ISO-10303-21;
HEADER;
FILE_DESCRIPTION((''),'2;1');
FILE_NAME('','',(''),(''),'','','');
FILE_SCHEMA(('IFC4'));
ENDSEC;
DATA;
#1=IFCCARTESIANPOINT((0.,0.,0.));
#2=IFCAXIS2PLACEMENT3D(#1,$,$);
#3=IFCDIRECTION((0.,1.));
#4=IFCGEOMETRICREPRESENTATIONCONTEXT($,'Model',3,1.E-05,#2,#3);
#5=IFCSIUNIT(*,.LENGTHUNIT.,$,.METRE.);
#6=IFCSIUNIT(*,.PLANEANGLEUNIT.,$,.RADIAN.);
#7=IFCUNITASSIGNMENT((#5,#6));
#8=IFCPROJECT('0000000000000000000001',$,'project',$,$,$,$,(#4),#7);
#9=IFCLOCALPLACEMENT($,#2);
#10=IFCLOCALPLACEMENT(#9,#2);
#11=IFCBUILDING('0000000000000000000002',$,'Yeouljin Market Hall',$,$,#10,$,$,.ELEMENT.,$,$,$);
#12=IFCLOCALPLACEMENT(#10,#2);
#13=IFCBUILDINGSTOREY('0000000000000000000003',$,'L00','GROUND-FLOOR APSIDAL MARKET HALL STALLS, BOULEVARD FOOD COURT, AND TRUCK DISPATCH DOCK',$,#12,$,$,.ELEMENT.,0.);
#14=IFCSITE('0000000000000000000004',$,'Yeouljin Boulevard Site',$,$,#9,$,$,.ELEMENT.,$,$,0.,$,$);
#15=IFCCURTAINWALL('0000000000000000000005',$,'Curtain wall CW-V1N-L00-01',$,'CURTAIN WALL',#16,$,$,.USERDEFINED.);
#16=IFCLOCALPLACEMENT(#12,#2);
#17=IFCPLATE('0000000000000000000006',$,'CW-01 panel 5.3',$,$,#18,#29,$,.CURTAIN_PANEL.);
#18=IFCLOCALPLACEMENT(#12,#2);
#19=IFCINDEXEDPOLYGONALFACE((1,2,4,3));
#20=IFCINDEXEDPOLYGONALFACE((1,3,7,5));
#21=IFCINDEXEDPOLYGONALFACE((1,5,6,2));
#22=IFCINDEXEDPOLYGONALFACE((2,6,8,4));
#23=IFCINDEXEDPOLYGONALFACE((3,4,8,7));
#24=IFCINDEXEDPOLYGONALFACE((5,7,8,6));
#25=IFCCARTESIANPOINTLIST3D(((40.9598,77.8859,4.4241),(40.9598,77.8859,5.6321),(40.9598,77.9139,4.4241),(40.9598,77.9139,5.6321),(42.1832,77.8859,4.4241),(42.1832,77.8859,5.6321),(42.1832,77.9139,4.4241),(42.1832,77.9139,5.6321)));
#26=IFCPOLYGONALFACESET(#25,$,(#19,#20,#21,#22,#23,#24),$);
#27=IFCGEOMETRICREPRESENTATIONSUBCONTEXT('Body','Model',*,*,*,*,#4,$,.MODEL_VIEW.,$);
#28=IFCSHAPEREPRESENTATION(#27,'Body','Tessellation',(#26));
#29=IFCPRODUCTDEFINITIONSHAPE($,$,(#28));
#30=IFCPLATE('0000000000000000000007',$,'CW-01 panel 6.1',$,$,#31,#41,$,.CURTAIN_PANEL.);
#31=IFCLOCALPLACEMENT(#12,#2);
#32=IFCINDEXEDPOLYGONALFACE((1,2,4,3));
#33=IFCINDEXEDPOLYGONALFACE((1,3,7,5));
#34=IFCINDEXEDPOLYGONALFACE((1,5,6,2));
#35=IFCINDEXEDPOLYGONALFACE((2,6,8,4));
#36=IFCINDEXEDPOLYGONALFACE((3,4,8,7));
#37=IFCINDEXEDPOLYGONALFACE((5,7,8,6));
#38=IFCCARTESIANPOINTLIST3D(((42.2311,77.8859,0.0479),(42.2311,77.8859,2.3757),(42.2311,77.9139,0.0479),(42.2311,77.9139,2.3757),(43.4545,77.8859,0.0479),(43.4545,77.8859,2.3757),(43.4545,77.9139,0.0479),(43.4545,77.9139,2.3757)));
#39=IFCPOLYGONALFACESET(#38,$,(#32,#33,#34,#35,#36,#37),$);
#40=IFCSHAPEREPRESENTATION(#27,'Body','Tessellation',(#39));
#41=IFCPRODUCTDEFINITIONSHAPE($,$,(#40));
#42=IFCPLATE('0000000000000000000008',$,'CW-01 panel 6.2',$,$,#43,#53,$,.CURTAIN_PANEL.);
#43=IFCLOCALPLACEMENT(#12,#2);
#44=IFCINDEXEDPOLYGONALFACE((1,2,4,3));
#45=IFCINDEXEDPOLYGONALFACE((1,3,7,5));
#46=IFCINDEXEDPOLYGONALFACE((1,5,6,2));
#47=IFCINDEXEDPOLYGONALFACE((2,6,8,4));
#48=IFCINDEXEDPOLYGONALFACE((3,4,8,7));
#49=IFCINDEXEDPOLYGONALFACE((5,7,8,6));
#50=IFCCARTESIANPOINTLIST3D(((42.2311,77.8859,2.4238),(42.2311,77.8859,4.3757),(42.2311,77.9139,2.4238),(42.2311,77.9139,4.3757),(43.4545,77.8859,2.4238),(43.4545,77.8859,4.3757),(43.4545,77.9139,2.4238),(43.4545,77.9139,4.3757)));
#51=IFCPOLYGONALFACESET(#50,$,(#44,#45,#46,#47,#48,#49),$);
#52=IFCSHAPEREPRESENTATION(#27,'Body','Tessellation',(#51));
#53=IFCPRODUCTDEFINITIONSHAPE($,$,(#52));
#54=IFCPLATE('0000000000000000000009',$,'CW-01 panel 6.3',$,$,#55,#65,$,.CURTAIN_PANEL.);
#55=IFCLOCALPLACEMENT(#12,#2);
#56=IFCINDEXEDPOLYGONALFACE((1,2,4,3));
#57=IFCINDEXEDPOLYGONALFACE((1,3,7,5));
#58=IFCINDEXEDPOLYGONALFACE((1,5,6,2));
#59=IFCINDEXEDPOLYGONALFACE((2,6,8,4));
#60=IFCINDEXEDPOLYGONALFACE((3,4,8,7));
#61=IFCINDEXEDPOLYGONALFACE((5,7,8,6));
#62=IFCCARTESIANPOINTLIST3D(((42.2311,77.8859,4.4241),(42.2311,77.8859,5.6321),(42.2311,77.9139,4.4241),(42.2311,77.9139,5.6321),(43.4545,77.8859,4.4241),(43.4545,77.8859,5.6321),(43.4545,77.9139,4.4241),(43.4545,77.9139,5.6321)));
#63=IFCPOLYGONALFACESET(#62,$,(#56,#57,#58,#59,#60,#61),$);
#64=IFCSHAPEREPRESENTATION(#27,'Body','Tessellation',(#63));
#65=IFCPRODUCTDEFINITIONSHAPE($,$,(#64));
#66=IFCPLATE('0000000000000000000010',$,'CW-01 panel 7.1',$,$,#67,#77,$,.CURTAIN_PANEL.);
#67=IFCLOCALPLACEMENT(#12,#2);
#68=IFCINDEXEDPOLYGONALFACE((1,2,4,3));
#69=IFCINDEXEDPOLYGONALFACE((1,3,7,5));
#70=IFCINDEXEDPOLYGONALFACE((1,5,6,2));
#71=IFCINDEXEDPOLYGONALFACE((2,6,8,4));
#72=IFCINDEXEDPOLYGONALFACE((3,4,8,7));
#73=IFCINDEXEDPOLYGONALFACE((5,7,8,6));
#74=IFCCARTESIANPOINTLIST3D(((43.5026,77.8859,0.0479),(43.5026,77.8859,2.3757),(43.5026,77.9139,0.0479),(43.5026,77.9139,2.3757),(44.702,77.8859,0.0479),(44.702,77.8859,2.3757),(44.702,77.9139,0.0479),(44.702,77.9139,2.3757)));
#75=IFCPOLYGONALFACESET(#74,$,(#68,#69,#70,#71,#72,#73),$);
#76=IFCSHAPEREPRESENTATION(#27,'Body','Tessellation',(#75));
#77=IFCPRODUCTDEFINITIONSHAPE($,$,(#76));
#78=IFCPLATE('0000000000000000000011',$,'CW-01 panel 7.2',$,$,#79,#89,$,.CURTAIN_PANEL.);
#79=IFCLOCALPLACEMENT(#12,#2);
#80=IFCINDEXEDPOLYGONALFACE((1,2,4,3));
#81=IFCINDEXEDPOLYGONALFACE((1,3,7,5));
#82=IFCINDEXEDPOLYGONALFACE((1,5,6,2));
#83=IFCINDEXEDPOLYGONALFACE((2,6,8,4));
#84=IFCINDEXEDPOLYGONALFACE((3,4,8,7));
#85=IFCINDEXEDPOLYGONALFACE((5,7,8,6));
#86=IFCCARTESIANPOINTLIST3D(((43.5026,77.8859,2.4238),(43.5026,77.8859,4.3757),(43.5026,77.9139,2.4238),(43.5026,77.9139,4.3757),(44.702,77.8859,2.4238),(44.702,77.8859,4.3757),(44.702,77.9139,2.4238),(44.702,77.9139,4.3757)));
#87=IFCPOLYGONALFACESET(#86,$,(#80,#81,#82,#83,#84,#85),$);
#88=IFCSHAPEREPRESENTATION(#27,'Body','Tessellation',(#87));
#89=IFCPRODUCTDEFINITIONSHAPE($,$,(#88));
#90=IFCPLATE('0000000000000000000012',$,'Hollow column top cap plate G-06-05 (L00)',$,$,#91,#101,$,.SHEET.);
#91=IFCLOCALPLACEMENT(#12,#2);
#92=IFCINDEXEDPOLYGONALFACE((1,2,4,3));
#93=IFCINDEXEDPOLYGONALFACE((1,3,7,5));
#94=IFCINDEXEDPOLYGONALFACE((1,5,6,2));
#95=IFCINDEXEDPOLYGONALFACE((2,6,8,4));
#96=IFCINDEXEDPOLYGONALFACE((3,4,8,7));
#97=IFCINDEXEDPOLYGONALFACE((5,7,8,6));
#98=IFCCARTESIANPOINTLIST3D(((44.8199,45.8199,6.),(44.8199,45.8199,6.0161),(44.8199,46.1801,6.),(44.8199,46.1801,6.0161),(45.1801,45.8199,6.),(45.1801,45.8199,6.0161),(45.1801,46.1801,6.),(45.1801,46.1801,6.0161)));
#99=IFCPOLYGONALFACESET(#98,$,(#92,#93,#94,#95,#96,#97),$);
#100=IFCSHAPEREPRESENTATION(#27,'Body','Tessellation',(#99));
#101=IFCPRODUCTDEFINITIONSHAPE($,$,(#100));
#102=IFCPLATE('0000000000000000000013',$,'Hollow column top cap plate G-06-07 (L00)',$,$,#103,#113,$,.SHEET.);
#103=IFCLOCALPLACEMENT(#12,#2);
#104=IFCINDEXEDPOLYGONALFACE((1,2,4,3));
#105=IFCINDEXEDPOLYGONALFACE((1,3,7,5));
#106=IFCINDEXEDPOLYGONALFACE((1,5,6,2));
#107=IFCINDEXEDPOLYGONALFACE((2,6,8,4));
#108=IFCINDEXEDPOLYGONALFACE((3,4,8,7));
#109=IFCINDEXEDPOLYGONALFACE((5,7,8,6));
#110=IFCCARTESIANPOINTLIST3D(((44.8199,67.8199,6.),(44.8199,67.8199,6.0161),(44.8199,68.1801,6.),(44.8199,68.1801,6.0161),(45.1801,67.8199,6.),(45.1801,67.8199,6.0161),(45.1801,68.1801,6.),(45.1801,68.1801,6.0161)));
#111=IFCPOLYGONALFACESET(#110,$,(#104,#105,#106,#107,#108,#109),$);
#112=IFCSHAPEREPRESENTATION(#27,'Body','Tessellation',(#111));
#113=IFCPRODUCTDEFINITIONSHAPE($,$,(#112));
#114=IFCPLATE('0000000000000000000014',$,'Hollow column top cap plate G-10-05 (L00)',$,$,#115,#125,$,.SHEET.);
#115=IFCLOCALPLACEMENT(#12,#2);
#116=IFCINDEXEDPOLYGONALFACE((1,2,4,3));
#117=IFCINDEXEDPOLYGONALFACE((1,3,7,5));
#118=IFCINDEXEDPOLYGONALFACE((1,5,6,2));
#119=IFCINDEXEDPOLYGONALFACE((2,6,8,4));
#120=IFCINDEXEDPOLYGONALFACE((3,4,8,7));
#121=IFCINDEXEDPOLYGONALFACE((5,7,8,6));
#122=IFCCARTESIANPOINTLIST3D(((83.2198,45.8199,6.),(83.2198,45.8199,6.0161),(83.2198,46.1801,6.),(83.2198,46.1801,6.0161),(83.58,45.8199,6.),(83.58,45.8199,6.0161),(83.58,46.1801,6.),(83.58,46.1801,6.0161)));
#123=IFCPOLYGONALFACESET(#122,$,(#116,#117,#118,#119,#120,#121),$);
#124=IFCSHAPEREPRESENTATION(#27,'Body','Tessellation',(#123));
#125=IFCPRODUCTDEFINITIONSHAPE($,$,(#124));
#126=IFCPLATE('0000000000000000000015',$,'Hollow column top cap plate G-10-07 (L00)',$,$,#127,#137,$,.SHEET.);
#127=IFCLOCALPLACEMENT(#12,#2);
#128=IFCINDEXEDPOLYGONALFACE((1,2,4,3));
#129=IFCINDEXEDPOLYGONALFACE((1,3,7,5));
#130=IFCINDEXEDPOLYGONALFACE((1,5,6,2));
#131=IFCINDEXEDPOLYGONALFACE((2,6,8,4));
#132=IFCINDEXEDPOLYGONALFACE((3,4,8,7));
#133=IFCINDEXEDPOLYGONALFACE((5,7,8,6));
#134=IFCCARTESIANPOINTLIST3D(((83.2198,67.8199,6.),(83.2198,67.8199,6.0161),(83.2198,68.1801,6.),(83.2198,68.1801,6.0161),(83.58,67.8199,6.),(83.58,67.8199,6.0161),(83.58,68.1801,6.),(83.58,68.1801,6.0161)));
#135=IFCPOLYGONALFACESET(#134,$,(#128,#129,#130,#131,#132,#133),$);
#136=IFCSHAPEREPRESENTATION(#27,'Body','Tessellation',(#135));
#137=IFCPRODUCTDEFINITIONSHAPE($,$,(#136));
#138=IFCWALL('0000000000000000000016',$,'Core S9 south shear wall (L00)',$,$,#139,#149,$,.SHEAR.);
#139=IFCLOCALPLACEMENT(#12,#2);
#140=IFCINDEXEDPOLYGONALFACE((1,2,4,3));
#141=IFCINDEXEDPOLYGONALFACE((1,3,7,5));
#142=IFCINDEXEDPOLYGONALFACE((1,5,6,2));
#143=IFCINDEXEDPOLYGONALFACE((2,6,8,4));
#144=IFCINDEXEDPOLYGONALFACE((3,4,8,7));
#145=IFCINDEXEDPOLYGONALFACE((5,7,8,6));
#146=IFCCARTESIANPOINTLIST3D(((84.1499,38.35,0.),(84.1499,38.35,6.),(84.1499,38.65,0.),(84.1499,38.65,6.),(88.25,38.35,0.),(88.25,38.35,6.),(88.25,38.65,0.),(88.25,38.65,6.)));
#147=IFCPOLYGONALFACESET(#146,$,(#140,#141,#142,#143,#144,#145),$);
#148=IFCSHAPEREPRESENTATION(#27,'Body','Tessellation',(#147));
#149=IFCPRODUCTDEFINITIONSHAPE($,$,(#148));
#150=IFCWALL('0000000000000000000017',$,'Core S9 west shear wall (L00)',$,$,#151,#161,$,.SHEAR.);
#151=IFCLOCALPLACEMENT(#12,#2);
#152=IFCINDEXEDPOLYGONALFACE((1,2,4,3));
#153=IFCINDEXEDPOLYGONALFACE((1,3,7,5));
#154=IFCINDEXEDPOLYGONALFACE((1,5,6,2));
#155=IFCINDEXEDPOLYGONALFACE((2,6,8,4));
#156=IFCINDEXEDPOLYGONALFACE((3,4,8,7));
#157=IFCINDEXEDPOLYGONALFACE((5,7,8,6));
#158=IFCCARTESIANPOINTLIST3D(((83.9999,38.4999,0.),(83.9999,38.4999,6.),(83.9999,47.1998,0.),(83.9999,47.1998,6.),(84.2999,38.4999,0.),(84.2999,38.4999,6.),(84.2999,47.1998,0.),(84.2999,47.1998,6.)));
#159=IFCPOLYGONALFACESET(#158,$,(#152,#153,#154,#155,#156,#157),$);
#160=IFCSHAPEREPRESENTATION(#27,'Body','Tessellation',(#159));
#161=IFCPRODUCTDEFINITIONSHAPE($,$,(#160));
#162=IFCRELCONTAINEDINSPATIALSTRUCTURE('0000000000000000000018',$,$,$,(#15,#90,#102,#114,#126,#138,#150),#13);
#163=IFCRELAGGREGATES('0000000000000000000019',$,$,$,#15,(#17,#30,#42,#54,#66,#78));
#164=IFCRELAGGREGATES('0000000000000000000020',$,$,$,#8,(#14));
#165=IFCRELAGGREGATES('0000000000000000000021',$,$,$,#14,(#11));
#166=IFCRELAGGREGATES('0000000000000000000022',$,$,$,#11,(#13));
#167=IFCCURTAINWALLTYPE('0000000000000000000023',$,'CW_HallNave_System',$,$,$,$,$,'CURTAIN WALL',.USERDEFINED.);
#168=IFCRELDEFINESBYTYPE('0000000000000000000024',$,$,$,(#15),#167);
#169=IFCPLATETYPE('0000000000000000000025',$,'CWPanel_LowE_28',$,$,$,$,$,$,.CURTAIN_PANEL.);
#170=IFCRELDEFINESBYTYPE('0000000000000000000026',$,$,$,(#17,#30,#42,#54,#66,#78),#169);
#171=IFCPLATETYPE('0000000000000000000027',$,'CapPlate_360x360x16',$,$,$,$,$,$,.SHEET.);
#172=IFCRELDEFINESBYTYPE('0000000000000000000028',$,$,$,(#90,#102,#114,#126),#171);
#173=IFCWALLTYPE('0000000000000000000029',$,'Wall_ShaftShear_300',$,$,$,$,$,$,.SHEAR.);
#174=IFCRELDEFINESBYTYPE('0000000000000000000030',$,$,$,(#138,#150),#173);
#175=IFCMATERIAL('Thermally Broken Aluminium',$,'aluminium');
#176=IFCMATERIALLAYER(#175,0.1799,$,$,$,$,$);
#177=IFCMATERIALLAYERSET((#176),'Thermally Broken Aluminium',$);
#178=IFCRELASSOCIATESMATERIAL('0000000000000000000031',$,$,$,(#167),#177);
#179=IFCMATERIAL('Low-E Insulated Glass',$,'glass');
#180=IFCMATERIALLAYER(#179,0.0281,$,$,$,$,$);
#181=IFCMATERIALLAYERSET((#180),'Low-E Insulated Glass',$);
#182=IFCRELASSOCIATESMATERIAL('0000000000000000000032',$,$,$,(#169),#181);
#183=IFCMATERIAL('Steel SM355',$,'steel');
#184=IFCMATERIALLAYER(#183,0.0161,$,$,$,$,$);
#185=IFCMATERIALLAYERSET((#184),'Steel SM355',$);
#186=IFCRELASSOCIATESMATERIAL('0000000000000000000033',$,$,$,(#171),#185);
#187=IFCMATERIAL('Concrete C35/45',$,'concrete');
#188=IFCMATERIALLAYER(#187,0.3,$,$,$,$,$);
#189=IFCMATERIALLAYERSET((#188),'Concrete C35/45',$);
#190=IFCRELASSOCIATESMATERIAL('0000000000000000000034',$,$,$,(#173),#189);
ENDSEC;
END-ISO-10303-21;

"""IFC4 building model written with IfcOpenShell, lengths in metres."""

from ifc_helpers import new_model, si_unit, direction, frame, frame_2d, origin, origin_2d, place, context, subcontext, project, spatial, rectangle, extrude, material, layer, layer_set, type_object, element, aggregate, save


model = new_model("IFC4")

# Units and contexts
model_context = context("Model", 3, precision=1e-05, world=origin(), true_north=direction((0.0, 1.0)))
body_context = subcontext(model_context, "Body", "Model", "MODEL_VIEW")
ifc_project = project(units=[si_unit("LENGTHUNIT", "METRE"), si_unit("PLANEANGLEUNIT", "RADIAN")], contexts=[model_context])

# Site, building, storey
site_placement = place(None, origin())
site = spatial("IfcSite", under=ifc_project, at=site_placement, Name="Yeouljin Boulevard Site", CompositionType="ELEMENT", RefElevation=0.0)
building_placement = place(site_placement, origin())
building = spatial("IfcBuilding", under=site, at=building_placement, Name="Yeouljin Market Hall", CompositionType="ELEMENT")
storey_placement = place(building_placement, origin())
storey = spatial("IfcBuildingStorey", under=building, at=storey_placement, Name="L00", Description="GROUND-FLOOR APSIDAL MARKET HALL STALLS, BOULEVARD FOOD COURT, AND TRUCK DISPATCH DOCK", CompositionType="ELEMENT", Elevation=0.0)

# Curtain wall, plates
ifc_material_1 = material(Name="Thermally Broken Aluminium", Category="aluminium")
ifc_layer_1 = layer(ifc_material_1, 0.1799)
ifc_layer_set_1 = layer_set([ifc_layer_1], Name="Thermally Broken Aluminium")
curtain_wall_type = type_object("IfcCurtainWallType", Name="CW_HallNave_System", ElementType="CURTAIN WALL", PredefinedType="USERDEFINED", material=ifc_layer_set_1)
curtain_wall_placement = place(storey_placement, origin())
curtain_wall = element("IfcCurtainWall", 1, at=curtain_wall_placement, inside=storey, type_object=curtain_wall_type, Name="Curtain wall CW-V1N-L00-01", ObjectType="CURTAIN WALL", PredefinedType="USERDEFINED")
ifc_material_2 = material(Name="Low-E Insulated Glass", Category="glass")
ifc_layer_2 = layer(ifc_material_2, 0.0281)
ifc_layer_set_2 = layer_set([ifc_layer_2], Name="Low-E Insulated Glass")
plate_type_1 = type_object("IfcPlateType", Name="CWPanel_LowE_28", PredefinedType="CURTAIN_PANEL", material=ifc_layer_set_2)
plate_1_placement = place(storey_placement, frame((41.5715, 77.8999, 4.4241), z_axis=(0.0, 0.0, 1.0), x_axis=(1.0, 0.0, 0.0)))
plate_1 = element("IfcPlate", 2, at=plate_1_placement, type_object=plate_type_1, Name="CW-01 panel 5.3", PredefinedType="CURTAIN_PANEL", context=body_context, shape_type="SweptSolid", body=[
    extrude(rectangle(XDim=1.2234, YDim=0.0281, at=origin_2d()), origin(), (0.0, 0.0, 1.0), 1.208),
])
plate_2_placement = place(storey_placement, frame((42.8428, 77.8999, 0.0479), z_axis=(0.0, 0.0, 1.0), x_axis=(1.0, 0.0, 0.0)))
plate_2 = element("IfcPlate", 3, at=plate_2_placement, type_object=plate_type_1, Name="CW-01 panel 6.1", PredefinedType="CURTAIN_PANEL", context=body_context, shape_type="SweptSolid", body=[
    extrude(rectangle(XDim=1.2234, YDim=0.0281, at=origin_2d()), origin(), (0.0, 0.0, 1.0), 2.3279),
])
plate_3_placement = place(storey_placement, frame((42.8428, 77.8999, 2.4238), z_axis=(0.0, 0.0, 1.0), x_axis=(1.0, 0.0, 0.0)))
plate_3 = element("IfcPlate", 4, at=plate_3_placement, type_object=plate_type_1, Name="CW-01 panel 6.2", PredefinedType="CURTAIN_PANEL", context=body_context, shape_type="SweptSolid", body=[
    extrude(rectangle(XDim=1.2234, YDim=0.0281, at=origin_2d()), origin(), (0.0, 0.0, 1.0), 1.9519),
])
plate_4_placement = place(storey_placement, frame((42.8428, 77.8999, 4.4241), z_axis=(0.0, 0.0, 1.0), x_axis=(1.0, 0.0, 0.0)))
plate_4 = element("IfcPlate", 5, at=plate_4_placement, type_object=plate_type_1, Name="CW-01 panel 6.3", PredefinedType="CURTAIN_PANEL", context=body_context, shape_type="SweptSolid", body=[
    extrude(rectangle(XDim=1.2234, YDim=0.0281, at=origin_2d()), origin(), (0.0, 0.0, 1.0), 1.208),
])
plate_5_placement = place(storey_placement, frame((44.1023, 77.8999, 0.0479), z_axis=(0.0, 0.0, 1.0), x_axis=(1.0, 0.0, 0.0)))
plate_5 = element("IfcPlate", 6, at=plate_5_placement, type_object=plate_type_1, Name="CW-01 panel 7.1", PredefinedType="CURTAIN_PANEL", context=body_context, shape_type="SweptSolid", body=[
    extrude(rectangle(XDim=1.1995, YDim=0.0281, at=origin_2d()), origin(), (0.0, 0.0, 1.0), 2.3279),
])
plate_6_placement = place(storey_placement, frame((44.1023, 77.8999, 2.4238), z_axis=(0.0, 0.0, 1.0), x_axis=(1.0, 0.0, 0.0)))
plate_6 = element("IfcPlate", 7, at=plate_6_placement, type_object=plate_type_1, Name="CW-01 panel 7.2", PredefinedType="CURTAIN_PANEL", context=body_context, shape_type="SweptSolid", body=[
    extrude(rectangle(XDim=1.1995, YDim=0.0281, at=origin_2d()), origin(), (0.0, 0.0, 1.0), 1.9519),
])
aggregate(curtain_wall, [plate_1, plate_2, plate_3, plate_4, plate_5, plate_6])

# Plates
ifc_material_3 = material(Name="Steel SM355", Category="steel")
ifc_layer_3 = layer(ifc_material_3, 0.0161)
ifc_layer_set_3 = layer_set([ifc_layer_3], Name="Steel SM355")
plate_type_2 = type_object("IfcPlateType", Name="CapPlate_360x360x16", PredefinedType="SHEET", material=ifc_layer_set_3)
for number, where, z_axis, x_axis, name in (
    (8, (45.0, 46.0, 6.0), (0.0, 0.0, 1.0), (1.0, 0.0, 0.0), "Hollow column top cap plate G-06-05 (L00)"),
    (9, (45.0, 68.0, 6.0), (0.0, 0.0, 1.0), (1.0, 0.0, 0.0), "Hollow column top cap plate G-06-07 (L00)"),
    (10, (83.3999, 46.0, 6.0), (0.0, 0.0, 1.0), (1.0, 0.0, 0.0), "Hollow column top cap plate G-10-05 (L00)"),
    (11, (83.3999, 68.0, 6.0), (0.0, 0.0, 1.0), (1.0, 0.0, 0.0), "Hollow column top cap plate G-10-07 (L00)"),
):
    element("IfcPlate", number, at=place(storey_placement, frame(where, z_axis=z_axis, x_axis=x_axis)), inside=storey, type_object=plate_type_2, Name=name, PredefinedType="SHEET", context=body_context, shape_type="SweptSolid", body=[
        extrude(rectangle(XDim=0.3601, YDim=0.3601, at=origin_2d()), origin(), (0.0, 0.0, 1.0), 0.0161),
    ])

# Walls
ifc_material_4 = material(Name="Concrete C35/45", Category="concrete")
ifc_layer_4 = layer(ifc_material_4, 0.3)
ifc_layer_set_4 = layer_set([ifc_layer_4], Name="Concrete C35/45")
wall_type = type_object("IfcWallType", Name="Wall_ShaftShear_300", PredefinedType="SHEAR", material=ifc_layer_set_4)
wall_1_placement = place(storey_placement, frame((84.1499, 38.5, 0.0), z_axis=(0.0, 0.0, 1.0), x_axis=(1.0, 0.0, 0.0)))
element("IfcWall", 12, at=wall_1_placement, inside=storey, type_object=wall_type, Name="Core S9 south shear wall (L00)", PredefinedType="SHEAR", context=body_context, shape_type="SweptSolid", body=[
    extrude(rectangle(XDim=4.1001, YDim=0.3, at=frame_2d((2.05, 0.0))), origin(), (0.0, 0.0, 1.0), 6.0),
])
wall_2_placement = place(storey_placement, frame((84.1499, 47.2, 0.0), z_axis=(0.0, 0.0, 1.0), x_axis=(0.0, -1.0, 0.0)))
element("IfcWall", 13, at=wall_2_placement, inside=storey, type_object=wall_type, Name="Core S9 west shear wall (L00)", PredefinedType="SHEAR", context=body_context, shape_type="SweptSolid", body=[
    extrude(rectangle(XDim=8.7, YDim=0.3, at=frame_2d((4.3501, 0.0))), origin(), (0.0, 0.0, 1.0), 6.0),
])

save(model, "model.ifc")
